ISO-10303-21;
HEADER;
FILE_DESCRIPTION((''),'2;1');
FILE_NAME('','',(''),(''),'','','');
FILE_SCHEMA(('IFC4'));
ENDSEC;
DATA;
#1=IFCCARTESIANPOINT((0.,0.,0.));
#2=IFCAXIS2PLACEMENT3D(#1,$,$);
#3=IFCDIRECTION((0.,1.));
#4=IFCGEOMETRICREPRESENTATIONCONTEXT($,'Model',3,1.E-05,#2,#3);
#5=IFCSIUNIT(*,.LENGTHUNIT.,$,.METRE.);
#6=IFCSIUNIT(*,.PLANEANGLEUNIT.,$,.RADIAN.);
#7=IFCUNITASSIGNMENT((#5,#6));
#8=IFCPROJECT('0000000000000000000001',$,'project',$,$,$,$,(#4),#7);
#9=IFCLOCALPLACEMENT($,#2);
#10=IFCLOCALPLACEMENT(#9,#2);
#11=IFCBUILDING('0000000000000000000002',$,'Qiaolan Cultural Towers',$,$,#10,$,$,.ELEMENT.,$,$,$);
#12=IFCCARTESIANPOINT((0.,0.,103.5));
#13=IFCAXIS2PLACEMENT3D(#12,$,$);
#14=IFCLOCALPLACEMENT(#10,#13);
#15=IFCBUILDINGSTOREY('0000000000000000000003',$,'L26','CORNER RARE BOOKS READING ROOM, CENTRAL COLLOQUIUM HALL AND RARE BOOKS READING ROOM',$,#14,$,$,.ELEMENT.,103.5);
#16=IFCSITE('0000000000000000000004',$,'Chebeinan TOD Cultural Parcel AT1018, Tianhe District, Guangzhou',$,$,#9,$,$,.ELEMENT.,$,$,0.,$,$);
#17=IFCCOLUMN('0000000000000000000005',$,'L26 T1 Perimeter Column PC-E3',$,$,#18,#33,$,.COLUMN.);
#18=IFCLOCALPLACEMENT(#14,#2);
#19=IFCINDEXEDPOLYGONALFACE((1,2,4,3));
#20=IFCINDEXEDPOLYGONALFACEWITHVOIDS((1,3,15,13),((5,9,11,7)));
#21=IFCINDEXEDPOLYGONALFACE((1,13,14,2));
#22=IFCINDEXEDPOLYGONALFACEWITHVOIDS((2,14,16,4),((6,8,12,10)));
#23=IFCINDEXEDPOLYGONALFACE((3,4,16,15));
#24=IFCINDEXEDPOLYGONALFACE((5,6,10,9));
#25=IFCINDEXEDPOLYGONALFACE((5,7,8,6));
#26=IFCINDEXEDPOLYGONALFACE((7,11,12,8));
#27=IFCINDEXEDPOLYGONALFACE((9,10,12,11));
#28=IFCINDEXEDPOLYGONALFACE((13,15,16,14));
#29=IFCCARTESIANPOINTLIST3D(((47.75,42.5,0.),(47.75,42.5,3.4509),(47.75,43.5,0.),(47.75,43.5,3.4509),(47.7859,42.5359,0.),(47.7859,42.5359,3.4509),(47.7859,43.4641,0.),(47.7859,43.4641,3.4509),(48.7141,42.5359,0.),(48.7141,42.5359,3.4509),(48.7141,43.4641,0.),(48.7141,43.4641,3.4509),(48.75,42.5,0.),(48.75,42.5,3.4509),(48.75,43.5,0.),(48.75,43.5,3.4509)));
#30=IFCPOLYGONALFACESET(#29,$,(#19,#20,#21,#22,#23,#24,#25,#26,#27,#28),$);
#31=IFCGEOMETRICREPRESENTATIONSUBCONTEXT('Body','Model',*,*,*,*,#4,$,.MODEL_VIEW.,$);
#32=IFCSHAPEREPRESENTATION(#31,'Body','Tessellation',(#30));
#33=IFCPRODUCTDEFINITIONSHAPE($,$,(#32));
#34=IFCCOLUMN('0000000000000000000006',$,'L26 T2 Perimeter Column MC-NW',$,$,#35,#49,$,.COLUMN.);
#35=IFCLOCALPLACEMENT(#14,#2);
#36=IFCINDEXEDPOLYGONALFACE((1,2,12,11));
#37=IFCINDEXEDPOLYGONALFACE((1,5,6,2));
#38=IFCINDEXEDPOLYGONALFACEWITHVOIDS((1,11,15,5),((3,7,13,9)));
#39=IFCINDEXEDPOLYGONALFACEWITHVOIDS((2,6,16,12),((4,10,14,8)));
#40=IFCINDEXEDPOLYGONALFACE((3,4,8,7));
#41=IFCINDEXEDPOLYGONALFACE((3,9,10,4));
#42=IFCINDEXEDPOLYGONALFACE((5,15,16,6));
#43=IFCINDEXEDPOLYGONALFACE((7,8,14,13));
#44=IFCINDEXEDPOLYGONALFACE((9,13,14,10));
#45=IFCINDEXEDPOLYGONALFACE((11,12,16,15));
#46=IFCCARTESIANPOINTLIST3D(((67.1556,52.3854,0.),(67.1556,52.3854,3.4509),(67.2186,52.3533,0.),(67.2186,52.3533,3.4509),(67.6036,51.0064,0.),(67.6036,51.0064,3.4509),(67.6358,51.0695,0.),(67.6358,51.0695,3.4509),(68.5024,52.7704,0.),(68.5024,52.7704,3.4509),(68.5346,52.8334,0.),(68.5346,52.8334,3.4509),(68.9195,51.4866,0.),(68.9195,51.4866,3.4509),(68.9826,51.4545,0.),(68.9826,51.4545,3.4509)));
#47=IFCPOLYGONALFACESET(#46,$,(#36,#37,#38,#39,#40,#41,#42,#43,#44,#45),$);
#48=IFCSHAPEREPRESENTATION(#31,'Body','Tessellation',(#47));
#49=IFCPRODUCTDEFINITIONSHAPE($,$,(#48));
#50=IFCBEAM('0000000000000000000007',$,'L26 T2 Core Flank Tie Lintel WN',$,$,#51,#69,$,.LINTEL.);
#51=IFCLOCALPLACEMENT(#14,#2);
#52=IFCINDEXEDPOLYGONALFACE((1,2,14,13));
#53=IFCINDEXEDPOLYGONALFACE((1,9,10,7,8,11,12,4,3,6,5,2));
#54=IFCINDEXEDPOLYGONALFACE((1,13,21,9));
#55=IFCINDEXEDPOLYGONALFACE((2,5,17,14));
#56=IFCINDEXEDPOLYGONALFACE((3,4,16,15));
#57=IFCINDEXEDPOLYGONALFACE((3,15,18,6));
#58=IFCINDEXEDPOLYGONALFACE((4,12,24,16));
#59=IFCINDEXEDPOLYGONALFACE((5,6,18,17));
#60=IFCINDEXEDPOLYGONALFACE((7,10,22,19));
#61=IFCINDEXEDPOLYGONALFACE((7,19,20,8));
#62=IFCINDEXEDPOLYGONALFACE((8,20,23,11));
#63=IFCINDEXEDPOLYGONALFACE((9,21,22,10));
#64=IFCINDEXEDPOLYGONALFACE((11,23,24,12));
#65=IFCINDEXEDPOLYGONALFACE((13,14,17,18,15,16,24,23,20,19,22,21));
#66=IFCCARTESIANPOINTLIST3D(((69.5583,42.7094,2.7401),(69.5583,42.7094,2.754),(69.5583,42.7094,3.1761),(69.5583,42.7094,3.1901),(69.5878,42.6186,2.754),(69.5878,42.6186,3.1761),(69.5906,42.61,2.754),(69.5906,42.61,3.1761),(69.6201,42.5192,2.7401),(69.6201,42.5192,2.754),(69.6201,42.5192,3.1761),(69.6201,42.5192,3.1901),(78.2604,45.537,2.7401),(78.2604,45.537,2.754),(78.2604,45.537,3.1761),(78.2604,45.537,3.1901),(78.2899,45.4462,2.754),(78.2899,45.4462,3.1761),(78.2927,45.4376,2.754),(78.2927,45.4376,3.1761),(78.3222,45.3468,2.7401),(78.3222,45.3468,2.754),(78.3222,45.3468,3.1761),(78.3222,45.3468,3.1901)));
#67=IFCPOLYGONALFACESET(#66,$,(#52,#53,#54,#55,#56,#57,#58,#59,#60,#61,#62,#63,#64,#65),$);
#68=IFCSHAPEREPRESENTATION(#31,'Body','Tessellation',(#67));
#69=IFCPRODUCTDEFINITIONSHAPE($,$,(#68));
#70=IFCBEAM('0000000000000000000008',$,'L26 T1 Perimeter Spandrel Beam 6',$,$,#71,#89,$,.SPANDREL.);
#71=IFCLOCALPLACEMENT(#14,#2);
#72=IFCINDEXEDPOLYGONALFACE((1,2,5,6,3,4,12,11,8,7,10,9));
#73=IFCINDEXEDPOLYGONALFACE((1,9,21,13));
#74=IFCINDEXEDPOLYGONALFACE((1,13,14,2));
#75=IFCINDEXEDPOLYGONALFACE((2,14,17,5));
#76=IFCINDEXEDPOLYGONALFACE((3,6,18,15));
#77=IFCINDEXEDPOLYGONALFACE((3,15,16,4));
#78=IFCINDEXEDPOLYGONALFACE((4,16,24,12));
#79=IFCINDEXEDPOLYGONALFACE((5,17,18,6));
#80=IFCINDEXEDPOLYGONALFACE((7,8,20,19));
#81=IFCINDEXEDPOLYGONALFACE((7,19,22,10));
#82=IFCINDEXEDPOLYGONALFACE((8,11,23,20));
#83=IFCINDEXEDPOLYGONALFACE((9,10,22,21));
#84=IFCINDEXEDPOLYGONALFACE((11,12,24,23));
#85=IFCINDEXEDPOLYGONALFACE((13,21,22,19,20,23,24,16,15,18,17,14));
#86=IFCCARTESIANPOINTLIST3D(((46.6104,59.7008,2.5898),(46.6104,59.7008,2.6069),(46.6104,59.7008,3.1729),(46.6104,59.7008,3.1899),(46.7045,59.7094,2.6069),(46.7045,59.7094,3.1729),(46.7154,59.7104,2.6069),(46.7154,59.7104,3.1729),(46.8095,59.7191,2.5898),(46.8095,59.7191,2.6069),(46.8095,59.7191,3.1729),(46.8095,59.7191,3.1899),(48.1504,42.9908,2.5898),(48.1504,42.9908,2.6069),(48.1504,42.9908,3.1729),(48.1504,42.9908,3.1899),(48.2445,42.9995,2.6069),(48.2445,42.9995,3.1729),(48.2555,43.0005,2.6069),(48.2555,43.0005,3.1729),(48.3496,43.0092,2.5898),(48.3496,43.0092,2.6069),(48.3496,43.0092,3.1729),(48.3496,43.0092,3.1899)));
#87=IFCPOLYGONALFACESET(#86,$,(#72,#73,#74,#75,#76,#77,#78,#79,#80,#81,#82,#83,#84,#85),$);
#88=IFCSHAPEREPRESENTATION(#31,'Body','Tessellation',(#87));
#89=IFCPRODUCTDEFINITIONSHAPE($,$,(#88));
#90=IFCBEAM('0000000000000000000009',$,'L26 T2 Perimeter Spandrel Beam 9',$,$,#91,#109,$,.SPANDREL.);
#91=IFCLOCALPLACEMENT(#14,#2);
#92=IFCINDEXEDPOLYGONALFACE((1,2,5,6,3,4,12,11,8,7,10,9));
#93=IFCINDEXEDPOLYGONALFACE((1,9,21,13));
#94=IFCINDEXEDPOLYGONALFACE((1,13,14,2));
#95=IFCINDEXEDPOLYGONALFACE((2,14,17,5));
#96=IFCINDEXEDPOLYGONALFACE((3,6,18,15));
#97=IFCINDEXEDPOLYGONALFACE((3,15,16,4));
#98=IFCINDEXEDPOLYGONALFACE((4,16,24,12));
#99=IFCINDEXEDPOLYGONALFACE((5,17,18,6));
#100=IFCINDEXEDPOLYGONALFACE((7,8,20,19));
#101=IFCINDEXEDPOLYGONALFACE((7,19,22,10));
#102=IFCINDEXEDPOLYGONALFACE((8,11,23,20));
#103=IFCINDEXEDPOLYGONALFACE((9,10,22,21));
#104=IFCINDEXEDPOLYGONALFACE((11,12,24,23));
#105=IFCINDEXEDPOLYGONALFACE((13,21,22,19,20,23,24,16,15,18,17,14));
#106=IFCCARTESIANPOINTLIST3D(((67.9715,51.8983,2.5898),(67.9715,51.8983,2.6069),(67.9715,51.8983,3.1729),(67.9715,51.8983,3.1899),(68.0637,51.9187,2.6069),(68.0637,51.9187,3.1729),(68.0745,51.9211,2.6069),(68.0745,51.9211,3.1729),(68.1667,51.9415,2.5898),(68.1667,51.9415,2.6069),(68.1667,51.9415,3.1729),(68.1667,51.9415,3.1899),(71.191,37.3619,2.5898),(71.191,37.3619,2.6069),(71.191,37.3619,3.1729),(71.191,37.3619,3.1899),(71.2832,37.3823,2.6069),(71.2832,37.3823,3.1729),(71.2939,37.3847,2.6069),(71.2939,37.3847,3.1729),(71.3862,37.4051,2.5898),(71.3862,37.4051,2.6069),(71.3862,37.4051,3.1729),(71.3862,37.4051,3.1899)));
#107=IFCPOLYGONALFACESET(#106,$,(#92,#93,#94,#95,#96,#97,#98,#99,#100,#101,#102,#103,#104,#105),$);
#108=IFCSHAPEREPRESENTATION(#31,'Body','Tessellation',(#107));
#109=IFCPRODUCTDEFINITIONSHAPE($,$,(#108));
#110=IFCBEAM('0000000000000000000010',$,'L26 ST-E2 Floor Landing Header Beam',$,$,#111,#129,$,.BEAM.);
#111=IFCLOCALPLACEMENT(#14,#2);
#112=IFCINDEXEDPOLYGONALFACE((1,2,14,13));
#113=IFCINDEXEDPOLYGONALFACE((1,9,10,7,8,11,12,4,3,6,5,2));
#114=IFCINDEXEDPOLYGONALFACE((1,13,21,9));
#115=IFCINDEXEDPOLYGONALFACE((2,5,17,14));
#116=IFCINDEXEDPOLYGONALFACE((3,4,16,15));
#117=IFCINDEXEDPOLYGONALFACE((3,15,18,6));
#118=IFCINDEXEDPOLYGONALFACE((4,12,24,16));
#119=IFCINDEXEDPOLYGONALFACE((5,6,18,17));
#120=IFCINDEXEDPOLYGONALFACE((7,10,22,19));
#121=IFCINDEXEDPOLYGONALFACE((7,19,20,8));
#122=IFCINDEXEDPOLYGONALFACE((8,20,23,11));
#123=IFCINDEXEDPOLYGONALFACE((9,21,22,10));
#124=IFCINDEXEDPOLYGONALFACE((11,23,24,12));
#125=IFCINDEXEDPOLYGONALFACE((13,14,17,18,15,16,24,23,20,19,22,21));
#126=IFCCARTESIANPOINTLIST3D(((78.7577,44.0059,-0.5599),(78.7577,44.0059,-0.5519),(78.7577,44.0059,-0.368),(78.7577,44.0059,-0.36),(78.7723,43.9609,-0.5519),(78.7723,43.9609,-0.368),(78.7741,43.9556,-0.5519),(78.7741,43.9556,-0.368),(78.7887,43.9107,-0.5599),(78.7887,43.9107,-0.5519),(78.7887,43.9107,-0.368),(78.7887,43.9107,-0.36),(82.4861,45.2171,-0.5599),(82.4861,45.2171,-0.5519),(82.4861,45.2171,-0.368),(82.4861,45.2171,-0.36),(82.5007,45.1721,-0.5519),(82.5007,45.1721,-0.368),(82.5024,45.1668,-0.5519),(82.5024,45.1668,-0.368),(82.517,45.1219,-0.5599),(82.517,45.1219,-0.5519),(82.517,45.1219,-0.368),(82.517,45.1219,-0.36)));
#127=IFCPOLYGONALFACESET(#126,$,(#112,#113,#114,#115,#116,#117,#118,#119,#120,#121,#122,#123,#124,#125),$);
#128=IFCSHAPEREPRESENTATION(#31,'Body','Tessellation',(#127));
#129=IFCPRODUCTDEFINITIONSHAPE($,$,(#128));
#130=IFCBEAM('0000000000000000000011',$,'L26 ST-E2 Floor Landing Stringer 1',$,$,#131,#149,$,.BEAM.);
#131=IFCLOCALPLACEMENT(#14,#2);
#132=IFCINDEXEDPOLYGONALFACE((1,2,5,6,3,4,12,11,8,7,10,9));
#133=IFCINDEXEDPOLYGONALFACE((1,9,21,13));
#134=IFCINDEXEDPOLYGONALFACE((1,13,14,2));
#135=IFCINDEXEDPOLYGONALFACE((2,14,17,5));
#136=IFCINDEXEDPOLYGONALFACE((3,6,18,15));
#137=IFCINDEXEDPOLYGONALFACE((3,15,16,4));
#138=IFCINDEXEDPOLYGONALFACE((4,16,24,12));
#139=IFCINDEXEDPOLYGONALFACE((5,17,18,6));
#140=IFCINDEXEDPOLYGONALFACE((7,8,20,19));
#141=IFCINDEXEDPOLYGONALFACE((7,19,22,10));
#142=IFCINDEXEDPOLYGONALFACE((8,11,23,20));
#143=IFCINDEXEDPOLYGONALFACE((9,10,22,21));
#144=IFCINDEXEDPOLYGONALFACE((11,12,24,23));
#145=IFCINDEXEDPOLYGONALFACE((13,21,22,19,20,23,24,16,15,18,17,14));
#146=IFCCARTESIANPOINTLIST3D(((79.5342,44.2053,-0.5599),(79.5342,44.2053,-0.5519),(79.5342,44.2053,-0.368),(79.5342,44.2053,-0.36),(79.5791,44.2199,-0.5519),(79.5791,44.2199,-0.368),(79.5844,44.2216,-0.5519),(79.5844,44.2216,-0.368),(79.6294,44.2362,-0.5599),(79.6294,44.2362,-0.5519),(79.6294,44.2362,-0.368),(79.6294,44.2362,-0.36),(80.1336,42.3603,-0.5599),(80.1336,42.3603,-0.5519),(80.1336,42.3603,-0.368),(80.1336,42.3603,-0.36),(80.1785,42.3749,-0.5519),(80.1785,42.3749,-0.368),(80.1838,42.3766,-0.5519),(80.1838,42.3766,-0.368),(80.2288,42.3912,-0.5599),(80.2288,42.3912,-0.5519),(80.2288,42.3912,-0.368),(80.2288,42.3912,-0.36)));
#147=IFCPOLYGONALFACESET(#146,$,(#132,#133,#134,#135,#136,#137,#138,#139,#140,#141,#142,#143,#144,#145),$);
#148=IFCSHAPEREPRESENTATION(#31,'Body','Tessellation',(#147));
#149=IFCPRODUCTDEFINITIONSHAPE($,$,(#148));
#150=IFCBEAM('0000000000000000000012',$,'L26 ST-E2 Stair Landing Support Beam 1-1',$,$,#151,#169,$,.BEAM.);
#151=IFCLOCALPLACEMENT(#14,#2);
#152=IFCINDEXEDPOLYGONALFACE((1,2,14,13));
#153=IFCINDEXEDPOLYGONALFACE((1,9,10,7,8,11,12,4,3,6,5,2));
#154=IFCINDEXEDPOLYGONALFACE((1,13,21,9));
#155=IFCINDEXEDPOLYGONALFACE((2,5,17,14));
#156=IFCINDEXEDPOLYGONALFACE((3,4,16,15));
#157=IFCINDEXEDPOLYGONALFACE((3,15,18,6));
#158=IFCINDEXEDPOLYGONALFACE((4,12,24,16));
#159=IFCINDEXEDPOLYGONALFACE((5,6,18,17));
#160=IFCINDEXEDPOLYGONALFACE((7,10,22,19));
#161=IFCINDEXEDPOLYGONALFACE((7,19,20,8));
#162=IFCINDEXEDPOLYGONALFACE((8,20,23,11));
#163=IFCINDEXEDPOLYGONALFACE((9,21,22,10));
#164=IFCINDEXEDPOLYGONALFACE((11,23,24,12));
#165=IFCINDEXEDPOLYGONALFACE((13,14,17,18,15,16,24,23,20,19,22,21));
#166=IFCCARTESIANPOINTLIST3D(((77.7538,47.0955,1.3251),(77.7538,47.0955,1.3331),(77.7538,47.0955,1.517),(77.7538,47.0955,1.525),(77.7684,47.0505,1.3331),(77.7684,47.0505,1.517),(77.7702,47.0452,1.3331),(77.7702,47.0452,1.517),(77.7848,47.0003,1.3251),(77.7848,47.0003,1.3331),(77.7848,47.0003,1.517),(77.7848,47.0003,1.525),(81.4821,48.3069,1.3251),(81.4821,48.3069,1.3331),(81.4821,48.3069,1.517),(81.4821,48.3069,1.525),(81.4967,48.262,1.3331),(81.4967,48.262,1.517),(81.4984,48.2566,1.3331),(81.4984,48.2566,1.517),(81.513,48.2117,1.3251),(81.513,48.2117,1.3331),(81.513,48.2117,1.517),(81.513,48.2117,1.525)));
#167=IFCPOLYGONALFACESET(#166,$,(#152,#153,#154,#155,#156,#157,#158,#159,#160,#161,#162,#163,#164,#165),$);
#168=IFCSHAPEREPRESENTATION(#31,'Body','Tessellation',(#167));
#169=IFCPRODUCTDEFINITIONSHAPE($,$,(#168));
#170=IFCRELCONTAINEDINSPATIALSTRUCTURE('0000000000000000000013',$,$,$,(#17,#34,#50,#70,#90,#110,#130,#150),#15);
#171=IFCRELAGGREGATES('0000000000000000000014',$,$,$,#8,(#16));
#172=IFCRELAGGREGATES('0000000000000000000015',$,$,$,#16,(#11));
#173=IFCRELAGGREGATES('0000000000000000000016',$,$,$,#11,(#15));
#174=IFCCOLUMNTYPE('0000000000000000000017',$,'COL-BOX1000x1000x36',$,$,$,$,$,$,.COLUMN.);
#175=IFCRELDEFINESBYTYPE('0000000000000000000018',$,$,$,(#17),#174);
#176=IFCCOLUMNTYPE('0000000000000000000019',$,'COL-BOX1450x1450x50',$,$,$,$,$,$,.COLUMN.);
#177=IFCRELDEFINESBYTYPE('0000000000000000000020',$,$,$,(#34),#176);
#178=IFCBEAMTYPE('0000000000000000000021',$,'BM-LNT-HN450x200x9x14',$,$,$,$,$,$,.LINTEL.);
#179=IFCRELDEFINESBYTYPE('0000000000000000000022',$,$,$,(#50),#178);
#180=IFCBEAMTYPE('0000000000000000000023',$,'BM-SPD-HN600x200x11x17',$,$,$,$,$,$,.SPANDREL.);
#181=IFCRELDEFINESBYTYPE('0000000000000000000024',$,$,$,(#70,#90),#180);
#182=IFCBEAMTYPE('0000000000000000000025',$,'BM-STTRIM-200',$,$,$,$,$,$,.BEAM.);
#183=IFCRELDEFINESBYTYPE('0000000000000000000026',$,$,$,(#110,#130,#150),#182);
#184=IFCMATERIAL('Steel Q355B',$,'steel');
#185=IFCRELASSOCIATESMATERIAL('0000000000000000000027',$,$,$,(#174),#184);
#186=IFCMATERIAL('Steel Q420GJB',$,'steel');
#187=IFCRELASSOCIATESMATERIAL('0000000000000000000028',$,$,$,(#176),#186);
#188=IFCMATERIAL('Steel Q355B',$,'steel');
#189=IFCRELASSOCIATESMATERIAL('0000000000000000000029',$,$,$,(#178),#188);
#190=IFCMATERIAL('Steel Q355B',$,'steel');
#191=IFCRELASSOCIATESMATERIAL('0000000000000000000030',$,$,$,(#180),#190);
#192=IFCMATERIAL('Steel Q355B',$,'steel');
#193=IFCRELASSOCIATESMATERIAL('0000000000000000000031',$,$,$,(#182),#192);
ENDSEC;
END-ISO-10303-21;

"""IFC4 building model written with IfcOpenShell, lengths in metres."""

from ifc_helpers import new_model, si_unit, direction, frame, origin, origin_2d, place, context, subcontext, project, spatial, hollow_rectangle, i_section, extrude, material, material_profile, profile_set, type_object, element, save


model = new_model("IFC4")

# Units and contexts
model_context = context("Model", 3, precision=1e-05, world=origin(), true_north=direction((0.0, 1.0)))
body_context = subcontext(model_context, "Body", "Model", "MODEL_VIEW")
ifc_project = project(units=[si_unit("LENGTHUNIT", "METRE"), si_unit("PLANEANGLEUNIT", "RADIAN")], contexts=[model_context])

# Site, building, storey
site_placement = place(None, origin())
site = spatial("IfcSite", under=ifc_project, at=site_placement, Name="Chebeinan TOD Cultural Parcel AT1018, Tianhe District, Guangzhou", CompositionType="ELEMENT", RefElevation=0.0)
building_placement = place(site_placement, origin())
building = spatial("IfcBuilding", under=site, at=building_placement, Name="Qiaolan Cultural Towers", CompositionType="ELEMENT")
storey_placement = place(building_placement, frame((0.0, 0.0, 103.5)))
storey = spatial("IfcBuildingStorey", under=building, at=storey_placement, Name="L26", Description="CORNER RARE BOOKS READING ROOM, CENTRAL COLLOQUIUM HALL AND RARE BOOKS READING ROOM", CompositionType="ELEMENT", Elevation=103.5)

# Columns
ifc_material_1 = material(Name="Steel Q355B", Category="steel")
ifc_material_profile_1 = material_profile(ifc_material_1, hollow_rectangle(XDim=1.0, YDim=1.0, WallThickness=0.0359, at=origin_2d()), Name="BOX1000x1000x36")
ifc_profile_set_1 = profile_set([ifc_material_profile_1], Name="Steel Q355B")
column_type_1 = type_object("IfcColumnType", Name="COL-BOX1000x1000x36", PredefinedType="COLUMN", material=ifc_profile_set_1)
column_1_placement = place(storey_placement, frame((48.25, 43.0, 0.0), z_axis=(0.0, 0.0, 1.0), x_axis=(1.0, 0.0, 0.0)))
element("IfcColumn", 1, at=column_1_placement, inside=storey, type_object=column_type_1, Name="L26 T1 Perimeter Column PC-E3", PredefinedType="COLUMN", context=body_context, shape_type="SweptSolid", body=[
    extrude(hollow_rectangle(XDim=1.0, YDim=1.0, WallThickness=0.0359, at=origin_2d()), origin(), (0.0, 0.0, 1.0), 3.4509),
])
ifc_material_2 = material(Name="Steel Q420GJB", Category="steel")
ifc_material_profile_2 = material_profile(ifc_material_2, hollow_rectangle(XDim=1.45, YDim=1.45, WallThickness=0.05, at=origin_2d()), Name="BOX1450x1450x50")
ifc_profile_set_2 = profile_set([ifc_material_profile_2], Name="Steel Q420GJB")
column_type_2 = type_object("IfcColumnType", Name="COL-BOX1450x1450x50", PredefinedType="COLUMN", material=ifc_profile_set_2)
column_2_placement = place(storey_placement, frame((68.0691, 51.9199, 0.0), z_axis=(0.0, 0.0, 1.0), x_axis=(0.951057, 0.309017, 0.0)))
element("IfcColumn", 2, at=column_2_placement, inside=storey, type_object=column_type_2, Name="L26 T2 Perimeter Column MC-NW", PredefinedType="COLUMN", context=body_context, shape_type="SweptSolid", body=[
    extrude(hollow_rectangle(XDim=1.45, YDim=1.45, WallThickness=0.05, at=origin_2d()), origin(), (0.0, 0.0, 1.0), 3.4509),
])

# Beams
ifc_material_3 = material(Name="Steel Q355B", Category="steel")
ifc_material_profile_3 = material_profile(ifc_material_3, i_section(OverallWidth=0.2, OverallDepth=0.45, WebThickness=0.009, FlangeThickness=0.0139, at=origin_2d()), Name="HN450x200x9x14")
ifc_profile_set_3 = profile_set([ifc_material_profile_3], Name="Steel Q355B")
beam_type_1 = type_object("IfcBeamType", Name="BM-LNT-HN450x200x9x14", PredefinedType="LINTEL", material=ifc_profile_set_3)
beam_1_placement = place(storey_placement, frame((78.2913, 45.4419, 2.9651), z_axis=(-0.951052, -0.309031, 0.0), x_axis=(0.309031, -0.951052, 0.0)))
element("IfcBeam", 3, at=beam_1_placement, inside=storey, type_object=beam_type_1, Name="L26 T2 Core Flank Tie Lintel WN", PredefinedType="LINTEL", context=body_context, shape_type="SweptSolid", body=[
    extrude(i_section(OverallWidth=0.2, OverallDepth=0.45, WebThickness=0.009, FlangeThickness=0.0139, at=origin_2d()), origin(), (0.0, 0.0, 1.0), 9.1499),
])
ifc_material_4 = material(Name="Steel Q355B", Category="steel")
ifc_material_profile_4 = material_profile(ifc_material_4, i_section(OverallWidth=0.2, OverallDepth=0.6001, WebThickness=0.011, FlangeThickness=0.0171, at=origin_2d()), Name="HN600x200x11x17")
ifc_profile_set_4 = profile_set([ifc_material_profile_4], Name="Steel Q355B")
beam_type_2 = type_object("IfcBeamType", Name="BM-SPD-HN600x200x11x17", PredefinedType="SPANDREL", material=ifc_profile_set_4)
beam_2_placement = place(storey_placement, frame((48.25, 43.0, 2.8899), z_axis=(-0.091774, 0.99578, 0.0), x_axis=(-0.99578, -0.091774, 0.0)))
element("IfcBeam", 4, at=beam_2_placement, inside=storey, type_object=beam_type_2, Name="L26 T1 Perimeter Spandrel Beam 6", PredefinedType="SPANDREL", context=body_context, shape_type="SweptSolid", body=[
    extrude(i_section(OverallWidth=0.2, OverallDepth=0.6001, WebThickness=0.011, FlangeThickness=0.0171, at=origin_2d()), origin(), (0.0, 0.0, 1.0), 16.7808),
])
beam_3_placement = place(storey_placement, frame((68.0691, 51.9199, 2.8899), z_axis=(0.216238, -0.976341, 0.0), x_axis=(0.976341, 0.216238, 0.0)))
element("IfcBeam", 5, at=beam_3_placement, inside=storey, type_object=beam_type_2, Name="L26 T2 Perimeter Spandrel Beam 9", PredefinedType="SPANDREL", context=body_context, shape_type="SweptSolid", body=[
    extrude(i_section(OverallWidth=0.2, OverallDepth=0.6001, WebThickness=0.011, FlangeThickness=0.0171, at=origin_2d()), origin(), (0.0, 0.0, 1.0), 14.8887),
])
ifc_material_5 = material(Name="Steel Q355B", Category="steel")
ifc_material_profile_5 = material_profile(ifc_material_5, i_section(OverallWidth=0.1001, OverallDepth=0.2, WebThickness=0.0056, FlangeThickness=0.0081, at=origin_2d()), Name="HN200x100x5.5x8")
ifc_profile_set_5 = profile_set([ifc_material_profile_5], Name="Steel Q355B")
beam_type_3 = type_object("IfcBeamType", Name="BM-STTRIM-200", PredefinedType="BEAM", material=ifc_profile_set_5)
beam_4_placement = place(storey_placement, frame((78.7732, 43.9583, -0.46), z_axis=(0.951072, 0.308969, 0.0), x_axis=(-0.308969, 0.951072, 0.0)))
element("IfcBeam", 6, at=beam_4_placement, inside=storey, type_object=beam_type_3, Name="L26 ST-E2 Floor Landing Header Beam", PredefinedType="BEAM", context=body_context, shape_type="SweptSolid", body=[
    extrude(i_section(OverallWidth=0.1001, OverallDepth=0.2, WebThickness=0.0056, FlangeThickness=0.0081, at=origin_2d()), origin(), (0.0, 0.0, 1.0), 3.9202),
])
beam_5_placement = place(storey_placement, frame((80.1812, 42.3757, -0.46), z_axis=(-0.308969, 0.951072, 0.0), x_axis=(-0.951072, -0.308969, 0.0)))
element("IfcBeam", 7, at=beam_5_placement, inside=storey, type_object=beam_type_3, Name="L26 ST-E2 Floor Landing Stringer 1", PredefinedType="BEAM", context=body_context, shape_type="SweptSolid", body=[
    extrude(i_section(OverallWidth=0.1001, OverallDepth=0.2, WebThickness=0.0056, FlangeThickness=0.0081, at=origin_2d()), origin(), (0.0, 0.0, 1.0), 1.9399),
])
for number, where, z_axis, x_axis, name in (
    (8, (77.7693, 47.0479, 1.425), (0.951054, 0.309026, 0.0), (-0.309026, 0.951054, 0.0), "L26 ST-E2 Stair Landing Support Beam 1-1"),
):
    element("IfcBeam", number, at=place(storey_placement, frame(where, z_axis=z_axis, x_axis=x_axis)), inside=storey, type_object=beam_type_3, Name=name, PredefinedType="BEAM", context=body_context, shape_type="SweptSolid", body=[
        extrude(i_section(OverallWidth=0.1001, OverallDepth=0.2, WebThickness=0.0056, FlangeThickness=0.0081, at=origin_2d()), origin(), (0.0, 0.0, 1.0), 3.9202),
    ])

save(model, "model.ifc")
